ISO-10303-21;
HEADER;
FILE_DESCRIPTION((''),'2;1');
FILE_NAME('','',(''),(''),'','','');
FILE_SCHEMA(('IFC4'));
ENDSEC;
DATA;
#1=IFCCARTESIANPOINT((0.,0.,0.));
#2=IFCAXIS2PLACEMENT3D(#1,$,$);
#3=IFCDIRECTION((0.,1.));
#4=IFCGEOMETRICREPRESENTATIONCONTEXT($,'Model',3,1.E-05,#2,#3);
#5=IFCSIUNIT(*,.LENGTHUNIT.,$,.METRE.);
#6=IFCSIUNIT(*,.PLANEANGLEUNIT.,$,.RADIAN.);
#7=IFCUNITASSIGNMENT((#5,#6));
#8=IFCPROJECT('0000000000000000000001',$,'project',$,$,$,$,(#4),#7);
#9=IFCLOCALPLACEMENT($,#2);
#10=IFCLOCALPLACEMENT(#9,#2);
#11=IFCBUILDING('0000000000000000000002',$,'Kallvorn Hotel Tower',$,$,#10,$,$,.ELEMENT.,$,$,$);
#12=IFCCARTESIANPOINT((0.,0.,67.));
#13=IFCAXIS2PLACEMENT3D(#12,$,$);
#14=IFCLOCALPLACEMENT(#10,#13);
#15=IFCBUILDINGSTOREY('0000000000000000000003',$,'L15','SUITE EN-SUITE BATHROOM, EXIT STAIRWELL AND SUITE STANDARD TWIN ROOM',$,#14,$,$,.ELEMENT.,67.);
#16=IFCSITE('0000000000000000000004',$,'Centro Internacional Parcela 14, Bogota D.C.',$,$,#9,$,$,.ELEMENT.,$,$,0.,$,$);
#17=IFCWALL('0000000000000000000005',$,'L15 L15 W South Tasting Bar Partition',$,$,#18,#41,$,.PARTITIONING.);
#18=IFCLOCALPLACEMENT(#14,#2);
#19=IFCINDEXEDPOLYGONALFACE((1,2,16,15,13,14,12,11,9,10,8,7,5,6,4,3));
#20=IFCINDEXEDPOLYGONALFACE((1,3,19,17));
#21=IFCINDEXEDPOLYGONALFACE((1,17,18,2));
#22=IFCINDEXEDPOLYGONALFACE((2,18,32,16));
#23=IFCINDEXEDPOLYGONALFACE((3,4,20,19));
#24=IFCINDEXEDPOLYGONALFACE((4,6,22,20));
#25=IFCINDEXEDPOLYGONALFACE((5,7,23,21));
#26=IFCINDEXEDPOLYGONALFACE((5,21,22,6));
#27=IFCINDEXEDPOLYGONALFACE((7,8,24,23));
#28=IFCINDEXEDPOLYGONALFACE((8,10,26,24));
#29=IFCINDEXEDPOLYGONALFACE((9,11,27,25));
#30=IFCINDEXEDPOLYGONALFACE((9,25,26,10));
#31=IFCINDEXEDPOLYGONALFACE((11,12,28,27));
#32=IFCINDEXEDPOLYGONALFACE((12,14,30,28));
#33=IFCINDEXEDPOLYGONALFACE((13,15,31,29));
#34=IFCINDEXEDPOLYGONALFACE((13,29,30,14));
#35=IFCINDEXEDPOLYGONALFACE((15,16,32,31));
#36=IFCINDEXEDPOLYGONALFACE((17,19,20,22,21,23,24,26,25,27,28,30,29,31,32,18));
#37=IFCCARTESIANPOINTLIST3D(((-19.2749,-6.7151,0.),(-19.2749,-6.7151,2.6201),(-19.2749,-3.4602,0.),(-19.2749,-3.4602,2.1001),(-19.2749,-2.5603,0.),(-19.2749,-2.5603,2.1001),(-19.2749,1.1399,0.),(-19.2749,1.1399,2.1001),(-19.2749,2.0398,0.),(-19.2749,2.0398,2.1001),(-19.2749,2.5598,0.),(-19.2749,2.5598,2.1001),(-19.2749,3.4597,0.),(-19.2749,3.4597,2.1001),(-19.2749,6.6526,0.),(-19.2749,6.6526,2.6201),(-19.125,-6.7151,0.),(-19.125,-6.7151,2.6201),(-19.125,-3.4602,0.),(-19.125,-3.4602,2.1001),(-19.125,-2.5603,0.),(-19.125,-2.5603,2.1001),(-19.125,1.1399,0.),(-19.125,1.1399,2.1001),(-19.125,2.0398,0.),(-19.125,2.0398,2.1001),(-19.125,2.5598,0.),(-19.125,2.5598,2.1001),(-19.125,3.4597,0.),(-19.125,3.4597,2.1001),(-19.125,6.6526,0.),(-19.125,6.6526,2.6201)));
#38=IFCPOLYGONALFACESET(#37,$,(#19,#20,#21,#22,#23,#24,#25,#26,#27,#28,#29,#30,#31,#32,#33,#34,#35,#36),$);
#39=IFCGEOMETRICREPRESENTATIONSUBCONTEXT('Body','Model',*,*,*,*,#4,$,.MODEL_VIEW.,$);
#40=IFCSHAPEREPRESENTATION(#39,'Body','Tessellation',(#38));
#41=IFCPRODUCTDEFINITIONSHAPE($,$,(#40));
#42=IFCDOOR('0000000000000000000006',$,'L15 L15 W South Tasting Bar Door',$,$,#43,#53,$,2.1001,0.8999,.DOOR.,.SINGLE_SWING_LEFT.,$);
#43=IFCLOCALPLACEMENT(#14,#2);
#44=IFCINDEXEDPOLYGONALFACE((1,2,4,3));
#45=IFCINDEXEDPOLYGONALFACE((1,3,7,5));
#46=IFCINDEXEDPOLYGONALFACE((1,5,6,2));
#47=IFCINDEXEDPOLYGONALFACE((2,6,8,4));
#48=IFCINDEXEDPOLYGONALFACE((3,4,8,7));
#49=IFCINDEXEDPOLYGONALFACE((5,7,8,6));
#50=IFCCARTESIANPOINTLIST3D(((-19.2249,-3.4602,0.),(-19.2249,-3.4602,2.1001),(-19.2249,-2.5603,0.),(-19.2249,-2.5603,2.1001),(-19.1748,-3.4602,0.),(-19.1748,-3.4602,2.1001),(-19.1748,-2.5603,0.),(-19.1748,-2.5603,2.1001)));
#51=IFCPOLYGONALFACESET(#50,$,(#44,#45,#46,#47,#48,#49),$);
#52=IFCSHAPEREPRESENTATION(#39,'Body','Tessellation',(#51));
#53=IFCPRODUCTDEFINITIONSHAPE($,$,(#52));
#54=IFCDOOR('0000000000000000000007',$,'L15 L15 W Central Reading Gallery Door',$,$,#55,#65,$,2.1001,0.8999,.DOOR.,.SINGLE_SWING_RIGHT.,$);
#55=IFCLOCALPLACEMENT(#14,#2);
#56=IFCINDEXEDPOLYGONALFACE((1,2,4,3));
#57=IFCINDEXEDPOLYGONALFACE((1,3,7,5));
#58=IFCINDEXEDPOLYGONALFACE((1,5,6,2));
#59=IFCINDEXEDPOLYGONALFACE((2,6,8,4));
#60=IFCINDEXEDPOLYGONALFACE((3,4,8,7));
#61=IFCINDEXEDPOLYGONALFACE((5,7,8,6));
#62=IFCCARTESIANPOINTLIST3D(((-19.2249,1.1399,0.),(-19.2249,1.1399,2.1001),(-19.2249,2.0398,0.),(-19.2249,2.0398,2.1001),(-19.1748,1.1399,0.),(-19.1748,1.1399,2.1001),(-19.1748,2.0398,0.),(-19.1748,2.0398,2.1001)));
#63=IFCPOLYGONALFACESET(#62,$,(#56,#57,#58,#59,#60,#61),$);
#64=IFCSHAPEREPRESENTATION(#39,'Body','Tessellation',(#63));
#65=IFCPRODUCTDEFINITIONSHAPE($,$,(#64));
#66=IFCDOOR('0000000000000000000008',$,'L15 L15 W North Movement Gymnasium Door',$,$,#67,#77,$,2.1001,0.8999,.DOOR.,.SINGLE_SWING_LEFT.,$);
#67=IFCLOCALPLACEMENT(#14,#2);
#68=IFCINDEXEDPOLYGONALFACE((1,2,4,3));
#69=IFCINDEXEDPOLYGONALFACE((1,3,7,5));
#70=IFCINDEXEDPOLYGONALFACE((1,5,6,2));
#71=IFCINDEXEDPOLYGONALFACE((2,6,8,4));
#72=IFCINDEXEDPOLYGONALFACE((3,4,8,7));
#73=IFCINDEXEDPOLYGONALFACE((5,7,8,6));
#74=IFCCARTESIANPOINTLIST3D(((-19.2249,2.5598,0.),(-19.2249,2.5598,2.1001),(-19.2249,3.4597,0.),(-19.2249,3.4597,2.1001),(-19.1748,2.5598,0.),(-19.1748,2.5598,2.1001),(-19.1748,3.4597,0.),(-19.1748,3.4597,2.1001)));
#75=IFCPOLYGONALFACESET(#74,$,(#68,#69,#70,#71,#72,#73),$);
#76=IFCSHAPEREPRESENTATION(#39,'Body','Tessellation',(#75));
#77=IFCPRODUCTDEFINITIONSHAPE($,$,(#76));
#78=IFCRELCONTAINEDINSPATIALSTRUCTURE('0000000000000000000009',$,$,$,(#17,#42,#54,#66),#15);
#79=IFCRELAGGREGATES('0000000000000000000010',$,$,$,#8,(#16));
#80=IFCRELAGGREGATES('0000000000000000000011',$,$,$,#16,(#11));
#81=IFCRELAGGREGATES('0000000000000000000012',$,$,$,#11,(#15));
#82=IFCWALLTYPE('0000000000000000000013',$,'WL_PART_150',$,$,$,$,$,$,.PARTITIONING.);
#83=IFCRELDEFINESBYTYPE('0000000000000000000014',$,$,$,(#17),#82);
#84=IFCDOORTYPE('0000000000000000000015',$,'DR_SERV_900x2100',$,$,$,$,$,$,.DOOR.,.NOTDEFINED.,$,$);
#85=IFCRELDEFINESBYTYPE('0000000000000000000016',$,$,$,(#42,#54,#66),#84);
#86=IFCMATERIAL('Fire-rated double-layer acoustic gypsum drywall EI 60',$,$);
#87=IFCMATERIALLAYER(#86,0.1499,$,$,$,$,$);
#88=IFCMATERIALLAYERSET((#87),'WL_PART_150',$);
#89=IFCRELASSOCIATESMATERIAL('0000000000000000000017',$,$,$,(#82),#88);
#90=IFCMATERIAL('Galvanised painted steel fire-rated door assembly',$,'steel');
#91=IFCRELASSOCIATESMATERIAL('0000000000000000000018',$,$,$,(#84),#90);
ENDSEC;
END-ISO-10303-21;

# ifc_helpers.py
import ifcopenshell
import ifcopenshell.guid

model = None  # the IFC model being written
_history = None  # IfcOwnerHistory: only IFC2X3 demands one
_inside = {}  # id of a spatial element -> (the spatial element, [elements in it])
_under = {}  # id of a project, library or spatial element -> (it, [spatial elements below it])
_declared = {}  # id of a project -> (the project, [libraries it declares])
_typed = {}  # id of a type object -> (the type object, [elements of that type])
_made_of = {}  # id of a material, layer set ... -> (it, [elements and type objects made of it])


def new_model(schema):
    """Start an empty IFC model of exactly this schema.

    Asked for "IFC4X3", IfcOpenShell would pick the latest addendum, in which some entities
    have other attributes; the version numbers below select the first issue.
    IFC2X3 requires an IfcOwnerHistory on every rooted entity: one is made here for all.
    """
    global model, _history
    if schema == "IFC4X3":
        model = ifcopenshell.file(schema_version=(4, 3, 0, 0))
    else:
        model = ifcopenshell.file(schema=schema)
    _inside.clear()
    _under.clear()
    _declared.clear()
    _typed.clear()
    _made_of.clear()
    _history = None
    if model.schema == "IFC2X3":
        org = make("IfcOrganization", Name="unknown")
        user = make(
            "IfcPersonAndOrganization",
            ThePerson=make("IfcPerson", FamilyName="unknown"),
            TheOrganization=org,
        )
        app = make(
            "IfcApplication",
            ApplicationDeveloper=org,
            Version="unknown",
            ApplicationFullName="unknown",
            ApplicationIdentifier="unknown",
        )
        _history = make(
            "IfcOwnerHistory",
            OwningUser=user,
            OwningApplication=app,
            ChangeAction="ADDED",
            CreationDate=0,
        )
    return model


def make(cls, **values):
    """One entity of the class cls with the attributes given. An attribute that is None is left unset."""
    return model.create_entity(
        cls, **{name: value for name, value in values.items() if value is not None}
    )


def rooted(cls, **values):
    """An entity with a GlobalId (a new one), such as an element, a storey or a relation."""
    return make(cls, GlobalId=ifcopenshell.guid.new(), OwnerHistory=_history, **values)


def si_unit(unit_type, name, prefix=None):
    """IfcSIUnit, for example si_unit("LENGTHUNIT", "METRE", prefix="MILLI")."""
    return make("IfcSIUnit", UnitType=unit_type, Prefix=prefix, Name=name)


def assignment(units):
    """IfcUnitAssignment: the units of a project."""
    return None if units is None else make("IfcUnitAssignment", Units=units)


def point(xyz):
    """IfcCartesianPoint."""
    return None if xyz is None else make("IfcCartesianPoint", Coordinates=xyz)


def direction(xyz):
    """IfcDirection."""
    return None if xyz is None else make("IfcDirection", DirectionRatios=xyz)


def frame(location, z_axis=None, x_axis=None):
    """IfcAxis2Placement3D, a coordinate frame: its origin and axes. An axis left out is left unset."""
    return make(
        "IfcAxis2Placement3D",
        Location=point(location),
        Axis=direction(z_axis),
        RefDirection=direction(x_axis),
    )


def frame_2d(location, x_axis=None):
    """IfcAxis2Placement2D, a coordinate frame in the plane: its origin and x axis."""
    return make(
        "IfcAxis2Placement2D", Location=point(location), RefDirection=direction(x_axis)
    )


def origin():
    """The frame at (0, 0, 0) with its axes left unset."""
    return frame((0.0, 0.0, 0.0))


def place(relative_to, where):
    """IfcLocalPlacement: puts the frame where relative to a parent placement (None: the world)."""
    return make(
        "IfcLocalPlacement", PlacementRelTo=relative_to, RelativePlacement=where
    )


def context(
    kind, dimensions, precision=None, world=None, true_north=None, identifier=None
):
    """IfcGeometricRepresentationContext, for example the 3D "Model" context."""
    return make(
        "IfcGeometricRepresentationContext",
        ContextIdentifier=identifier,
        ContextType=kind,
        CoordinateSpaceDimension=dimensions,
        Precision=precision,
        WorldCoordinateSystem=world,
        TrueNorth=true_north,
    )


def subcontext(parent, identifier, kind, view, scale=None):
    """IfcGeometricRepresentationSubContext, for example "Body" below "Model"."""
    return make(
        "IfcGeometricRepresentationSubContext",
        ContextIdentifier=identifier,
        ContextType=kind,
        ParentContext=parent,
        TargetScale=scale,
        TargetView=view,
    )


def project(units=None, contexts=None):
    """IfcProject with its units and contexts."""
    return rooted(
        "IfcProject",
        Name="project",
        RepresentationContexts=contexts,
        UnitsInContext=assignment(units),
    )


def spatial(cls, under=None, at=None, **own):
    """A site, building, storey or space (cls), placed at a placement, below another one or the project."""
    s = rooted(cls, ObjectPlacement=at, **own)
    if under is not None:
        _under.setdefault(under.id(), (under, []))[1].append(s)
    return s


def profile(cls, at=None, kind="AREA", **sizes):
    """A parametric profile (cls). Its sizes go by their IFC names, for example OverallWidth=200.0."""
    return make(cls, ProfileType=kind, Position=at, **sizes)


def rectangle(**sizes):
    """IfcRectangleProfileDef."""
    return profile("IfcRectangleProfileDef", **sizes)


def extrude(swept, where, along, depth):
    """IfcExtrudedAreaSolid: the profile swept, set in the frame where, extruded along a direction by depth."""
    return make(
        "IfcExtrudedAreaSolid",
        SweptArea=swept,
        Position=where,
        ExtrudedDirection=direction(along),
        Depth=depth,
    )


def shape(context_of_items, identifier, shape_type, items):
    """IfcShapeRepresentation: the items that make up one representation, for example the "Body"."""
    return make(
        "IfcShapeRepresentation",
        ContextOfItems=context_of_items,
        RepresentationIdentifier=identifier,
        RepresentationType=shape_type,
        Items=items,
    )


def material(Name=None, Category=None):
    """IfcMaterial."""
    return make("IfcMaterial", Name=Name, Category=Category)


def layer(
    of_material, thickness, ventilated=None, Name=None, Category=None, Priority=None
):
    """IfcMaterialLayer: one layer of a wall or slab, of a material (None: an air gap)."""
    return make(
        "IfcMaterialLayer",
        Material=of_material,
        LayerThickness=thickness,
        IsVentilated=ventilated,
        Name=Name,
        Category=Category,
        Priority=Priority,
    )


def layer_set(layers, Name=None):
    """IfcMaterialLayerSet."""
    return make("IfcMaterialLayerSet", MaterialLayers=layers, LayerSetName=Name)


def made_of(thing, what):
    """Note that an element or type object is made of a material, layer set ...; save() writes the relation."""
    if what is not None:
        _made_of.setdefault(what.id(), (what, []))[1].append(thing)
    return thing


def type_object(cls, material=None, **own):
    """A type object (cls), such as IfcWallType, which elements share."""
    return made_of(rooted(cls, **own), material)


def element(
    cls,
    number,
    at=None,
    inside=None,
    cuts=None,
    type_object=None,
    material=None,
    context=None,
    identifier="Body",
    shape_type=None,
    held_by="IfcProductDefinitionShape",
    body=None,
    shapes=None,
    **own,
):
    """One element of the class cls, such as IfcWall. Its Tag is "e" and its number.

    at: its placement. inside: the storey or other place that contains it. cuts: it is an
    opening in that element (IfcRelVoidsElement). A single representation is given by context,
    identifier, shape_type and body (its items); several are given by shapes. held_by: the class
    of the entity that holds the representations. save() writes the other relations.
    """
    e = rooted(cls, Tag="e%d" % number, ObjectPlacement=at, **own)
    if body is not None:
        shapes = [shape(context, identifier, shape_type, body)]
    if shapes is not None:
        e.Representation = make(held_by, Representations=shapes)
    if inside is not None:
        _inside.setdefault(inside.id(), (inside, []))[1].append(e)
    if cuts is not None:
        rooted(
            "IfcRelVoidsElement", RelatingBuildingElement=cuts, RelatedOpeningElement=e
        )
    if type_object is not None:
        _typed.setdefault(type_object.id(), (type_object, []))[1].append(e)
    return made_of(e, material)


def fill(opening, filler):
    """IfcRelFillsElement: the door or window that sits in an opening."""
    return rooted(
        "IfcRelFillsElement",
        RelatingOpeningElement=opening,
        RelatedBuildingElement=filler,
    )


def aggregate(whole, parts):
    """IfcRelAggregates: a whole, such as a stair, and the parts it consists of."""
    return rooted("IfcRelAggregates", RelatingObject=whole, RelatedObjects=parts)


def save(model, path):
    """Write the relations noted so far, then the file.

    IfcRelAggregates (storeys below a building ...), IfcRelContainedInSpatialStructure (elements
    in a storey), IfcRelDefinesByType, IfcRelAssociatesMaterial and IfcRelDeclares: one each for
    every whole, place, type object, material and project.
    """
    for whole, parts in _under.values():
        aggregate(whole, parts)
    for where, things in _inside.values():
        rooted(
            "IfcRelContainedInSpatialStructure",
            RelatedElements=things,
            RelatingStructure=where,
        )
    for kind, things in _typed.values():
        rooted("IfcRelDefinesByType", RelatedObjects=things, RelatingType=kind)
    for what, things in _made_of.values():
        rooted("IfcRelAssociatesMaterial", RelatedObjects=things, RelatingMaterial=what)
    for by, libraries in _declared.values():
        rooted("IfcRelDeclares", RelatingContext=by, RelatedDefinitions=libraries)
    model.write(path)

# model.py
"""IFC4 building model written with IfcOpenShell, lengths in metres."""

from ifc_helpers import new_model, si_unit, direction, frame, frame_2d, origin, place, context, subcontext, project, spatial, rectangle, extrude, material, layer, layer_set, type_object, element, fill, save


model = new_model("IFC4")

# Units and contexts
model_context = context("Model", 3, precision=1e-05, world=origin(), true_north=direction((0.0, 1.0)))
body_context = subcontext(model_context, "Body", "Model", "MODEL_VIEW")
ifc_project = project(units=[si_unit("LENGTHUNIT", "METRE"), si_unit("PLANEANGLEUNIT", "RADIAN")], contexts=[model_context])

# Site, building, storey
site_placement = place(None, origin())
site = spatial("IfcSite", under=ifc_project, at=site_placement, Name="Centro Internacional Parcela 14, Bogota D.C.", CompositionType="ELEMENT", RefElevation=0.0)
building_placement = place(site_placement, origin())
building = spatial("IfcBuilding", under=site, at=building_placement, Name="Kallvorn Hotel Tower", CompositionType="ELEMENT")
storey_placement = place(building_placement, frame((0.0, 0.0, 67.0)))
storey = spatial("IfcBuildingStorey", under=building, at=storey_placement, Name="L15", Description="SUITE EN-SUITE BATHROOM, EXIT STAIRWELL AND SUITE STANDARD TWIN ROOM", CompositionType="ELEMENT", Elevation=67.0)

# Wall, openings, doors
ifc_material_1 = material(Name="Fire-rated double-layer acoustic gypsum drywall EI 60")
ifc_layer = layer(ifc_material_1, 0.1499)
ifc_layer_set = layer_set([ifc_layer], Name="WL_PART_150")
wall_type = type_object("IfcWallType", Name="WL_PART_150", PredefinedType="PARTITIONING", material=ifc_layer_set)
wall_placement = place(storey_placement, frame((-19.2, -6.7151, 0.0), z_axis=(0.0, 0.0, 1.0), x_axis=(0.0, 1.0, 0.0)))
wall = element("IfcWall", 1, at=wall_placement, inside=storey, type_object=wall_type, Name="L15 L15 W South Tasting Bar Partition", PredefinedType="PARTITIONING", context=body_context, shape_type="SweptSolid", body=[
    extrude(rectangle(XDim=13.3677, YDim=0.1499, at=frame_2d((6.6838, 0.0))), origin(), (0.0, 0.0, 1.0), 2.6201),
])
opening_1_placement = place(wall_placement, frame((3.2549, 0.0, 0.0)))
opening_1 = element("IfcOpeningElement", 2, at=opening_1_placement, cuts=wall, PredefinedType="OPENING", context=body_context, shape_type="SweptSolid", body=[
    extrude(rectangle(XDim=0.8999, YDim=2.1001, at=frame_2d((0.45, 1.05))), frame((0.0, 0.0898, 0.0), z_axis=(0.0, -1.0, 0.0), x_axis=(1.0, 0.0, 0.0)), (0.0, 0.0, 1.0), 0.1799),
])
opening_2_placement = place(wall_placement, frame((7.855, 0.0, 0.0)))
opening_2 = element("IfcOpeningElement", 3, at=opening_2_placement, cuts=wall, PredefinedType="OPENING", context=body_context, shape_type="SweptSolid", body=[
    extrude(rectangle(XDim=0.8999, YDim=2.1001, at=frame_2d((0.45, 1.05))), frame((0.0, 0.0898, 0.0), z_axis=(0.0, -1.0, 0.0), x_axis=(1.0, 0.0, 0.0)), (0.0, 0.0, 1.0), 0.1799),
])
opening_3_placement = place(wall_placement, frame((9.2749, 0.0, 0.0)))
opening_3 = element("IfcOpeningElement", 4, at=opening_3_placement, cuts=wall, PredefinedType="OPENING", context=body_context, shape_type="SweptSolid", body=[
    extrude(rectangle(XDim=0.8999, YDim=2.1001, at=frame_2d((0.45, 1.05))), frame((0.0, 0.0898, 0.0), z_axis=(0.0, -1.0, 0.0), x_axis=(1.0, 0.0, 0.0)), (0.0, 0.0, 1.0), 0.1799),
])
ifc_material_2 = material(Name="Galvanised painted steel fire-rated door assembly", Category="steel")
door_type = type_object("IfcDoorType", Name="DR_SERV_900x2100", OperationType="NOTDEFINED", PredefinedType="DOOR", material=ifc_material_2)
door_1_placement = place(opening_1_placement, origin())
door_1 = element("IfcDoor", 5, at=door_1_placement, inside=storey, type_object=door_type, Name="L15 L15 W South Tasting Bar Door", OperationType="SINGLE_SWING_LEFT", OverallHeight=2.1001, OverallWidth=0.8999, PredefinedType="DOOR", context=body_context, shape_type="SweptSolid", body=[
    extrude(rectangle(XDim=0.8999, YDim=2.1001, at=frame_2d((0.45, 1.05))), frame((0.0, 0.0249, 0.0), z_axis=(0.0, -1.0, 0.0), x_axis=(1.0, 0.0, 0.0)), (0.0, 0.0, 1.0), 0.05),
])
fill(opening_1, door_1)
door_2_placement = place(opening_2_placement, origin())
door_2 = element("IfcDoor", 6, at=door_2_placement, inside=storey, type_object=door_type, Name="L15 L15 W Central Reading Gallery Door", OperationType="SINGLE_SWING_RIGHT", OverallHeight=2.1001, OverallWidth=0.8999, PredefinedType="DOOR", context=body_context, shape_type="SweptSolid", body=[
    extrude(rectangle(XDim=0.8999, YDim=2.1001, at=frame_2d((0.45, 1.05))), frame((0.0, 0.0249, 0.0), z_axis=(0.0, -1.0, 0.0), x_axis=(1.0, 0.0, 0.0)), (0.0, 0.0, 1.0), 0.05),
])
fill(opening_2, door_2)
door_3_placement = place(opening_3_placement, origin())
door_3 = element("IfcDoor", 7, at=door_3_placement, inside=storey, type_object=door_type, Name="L15 L15 W North Movement Gymnasium Door", OperationType="SINGLE_SWING_LEFT", OverallHeight=2.1001, OverallWidth=0.8999, PredefinedType="DOOR", context=body_context, shape_type="SweptSolid", body=[
    extrude(rectangle(XDim=0.8999, YDim=2.1001, at=frame_2d((0.45, 1.05))), frame((0.0, 0.0249, 0.0), z_axis=(0.0, -1.0, 0.0), x_axis=(1.0, 0.0, 0.0)), (0.0, 0.0, 1.0), 0.05),
])
fill(opening_3, door_3)

save(model, "model.ifc")
